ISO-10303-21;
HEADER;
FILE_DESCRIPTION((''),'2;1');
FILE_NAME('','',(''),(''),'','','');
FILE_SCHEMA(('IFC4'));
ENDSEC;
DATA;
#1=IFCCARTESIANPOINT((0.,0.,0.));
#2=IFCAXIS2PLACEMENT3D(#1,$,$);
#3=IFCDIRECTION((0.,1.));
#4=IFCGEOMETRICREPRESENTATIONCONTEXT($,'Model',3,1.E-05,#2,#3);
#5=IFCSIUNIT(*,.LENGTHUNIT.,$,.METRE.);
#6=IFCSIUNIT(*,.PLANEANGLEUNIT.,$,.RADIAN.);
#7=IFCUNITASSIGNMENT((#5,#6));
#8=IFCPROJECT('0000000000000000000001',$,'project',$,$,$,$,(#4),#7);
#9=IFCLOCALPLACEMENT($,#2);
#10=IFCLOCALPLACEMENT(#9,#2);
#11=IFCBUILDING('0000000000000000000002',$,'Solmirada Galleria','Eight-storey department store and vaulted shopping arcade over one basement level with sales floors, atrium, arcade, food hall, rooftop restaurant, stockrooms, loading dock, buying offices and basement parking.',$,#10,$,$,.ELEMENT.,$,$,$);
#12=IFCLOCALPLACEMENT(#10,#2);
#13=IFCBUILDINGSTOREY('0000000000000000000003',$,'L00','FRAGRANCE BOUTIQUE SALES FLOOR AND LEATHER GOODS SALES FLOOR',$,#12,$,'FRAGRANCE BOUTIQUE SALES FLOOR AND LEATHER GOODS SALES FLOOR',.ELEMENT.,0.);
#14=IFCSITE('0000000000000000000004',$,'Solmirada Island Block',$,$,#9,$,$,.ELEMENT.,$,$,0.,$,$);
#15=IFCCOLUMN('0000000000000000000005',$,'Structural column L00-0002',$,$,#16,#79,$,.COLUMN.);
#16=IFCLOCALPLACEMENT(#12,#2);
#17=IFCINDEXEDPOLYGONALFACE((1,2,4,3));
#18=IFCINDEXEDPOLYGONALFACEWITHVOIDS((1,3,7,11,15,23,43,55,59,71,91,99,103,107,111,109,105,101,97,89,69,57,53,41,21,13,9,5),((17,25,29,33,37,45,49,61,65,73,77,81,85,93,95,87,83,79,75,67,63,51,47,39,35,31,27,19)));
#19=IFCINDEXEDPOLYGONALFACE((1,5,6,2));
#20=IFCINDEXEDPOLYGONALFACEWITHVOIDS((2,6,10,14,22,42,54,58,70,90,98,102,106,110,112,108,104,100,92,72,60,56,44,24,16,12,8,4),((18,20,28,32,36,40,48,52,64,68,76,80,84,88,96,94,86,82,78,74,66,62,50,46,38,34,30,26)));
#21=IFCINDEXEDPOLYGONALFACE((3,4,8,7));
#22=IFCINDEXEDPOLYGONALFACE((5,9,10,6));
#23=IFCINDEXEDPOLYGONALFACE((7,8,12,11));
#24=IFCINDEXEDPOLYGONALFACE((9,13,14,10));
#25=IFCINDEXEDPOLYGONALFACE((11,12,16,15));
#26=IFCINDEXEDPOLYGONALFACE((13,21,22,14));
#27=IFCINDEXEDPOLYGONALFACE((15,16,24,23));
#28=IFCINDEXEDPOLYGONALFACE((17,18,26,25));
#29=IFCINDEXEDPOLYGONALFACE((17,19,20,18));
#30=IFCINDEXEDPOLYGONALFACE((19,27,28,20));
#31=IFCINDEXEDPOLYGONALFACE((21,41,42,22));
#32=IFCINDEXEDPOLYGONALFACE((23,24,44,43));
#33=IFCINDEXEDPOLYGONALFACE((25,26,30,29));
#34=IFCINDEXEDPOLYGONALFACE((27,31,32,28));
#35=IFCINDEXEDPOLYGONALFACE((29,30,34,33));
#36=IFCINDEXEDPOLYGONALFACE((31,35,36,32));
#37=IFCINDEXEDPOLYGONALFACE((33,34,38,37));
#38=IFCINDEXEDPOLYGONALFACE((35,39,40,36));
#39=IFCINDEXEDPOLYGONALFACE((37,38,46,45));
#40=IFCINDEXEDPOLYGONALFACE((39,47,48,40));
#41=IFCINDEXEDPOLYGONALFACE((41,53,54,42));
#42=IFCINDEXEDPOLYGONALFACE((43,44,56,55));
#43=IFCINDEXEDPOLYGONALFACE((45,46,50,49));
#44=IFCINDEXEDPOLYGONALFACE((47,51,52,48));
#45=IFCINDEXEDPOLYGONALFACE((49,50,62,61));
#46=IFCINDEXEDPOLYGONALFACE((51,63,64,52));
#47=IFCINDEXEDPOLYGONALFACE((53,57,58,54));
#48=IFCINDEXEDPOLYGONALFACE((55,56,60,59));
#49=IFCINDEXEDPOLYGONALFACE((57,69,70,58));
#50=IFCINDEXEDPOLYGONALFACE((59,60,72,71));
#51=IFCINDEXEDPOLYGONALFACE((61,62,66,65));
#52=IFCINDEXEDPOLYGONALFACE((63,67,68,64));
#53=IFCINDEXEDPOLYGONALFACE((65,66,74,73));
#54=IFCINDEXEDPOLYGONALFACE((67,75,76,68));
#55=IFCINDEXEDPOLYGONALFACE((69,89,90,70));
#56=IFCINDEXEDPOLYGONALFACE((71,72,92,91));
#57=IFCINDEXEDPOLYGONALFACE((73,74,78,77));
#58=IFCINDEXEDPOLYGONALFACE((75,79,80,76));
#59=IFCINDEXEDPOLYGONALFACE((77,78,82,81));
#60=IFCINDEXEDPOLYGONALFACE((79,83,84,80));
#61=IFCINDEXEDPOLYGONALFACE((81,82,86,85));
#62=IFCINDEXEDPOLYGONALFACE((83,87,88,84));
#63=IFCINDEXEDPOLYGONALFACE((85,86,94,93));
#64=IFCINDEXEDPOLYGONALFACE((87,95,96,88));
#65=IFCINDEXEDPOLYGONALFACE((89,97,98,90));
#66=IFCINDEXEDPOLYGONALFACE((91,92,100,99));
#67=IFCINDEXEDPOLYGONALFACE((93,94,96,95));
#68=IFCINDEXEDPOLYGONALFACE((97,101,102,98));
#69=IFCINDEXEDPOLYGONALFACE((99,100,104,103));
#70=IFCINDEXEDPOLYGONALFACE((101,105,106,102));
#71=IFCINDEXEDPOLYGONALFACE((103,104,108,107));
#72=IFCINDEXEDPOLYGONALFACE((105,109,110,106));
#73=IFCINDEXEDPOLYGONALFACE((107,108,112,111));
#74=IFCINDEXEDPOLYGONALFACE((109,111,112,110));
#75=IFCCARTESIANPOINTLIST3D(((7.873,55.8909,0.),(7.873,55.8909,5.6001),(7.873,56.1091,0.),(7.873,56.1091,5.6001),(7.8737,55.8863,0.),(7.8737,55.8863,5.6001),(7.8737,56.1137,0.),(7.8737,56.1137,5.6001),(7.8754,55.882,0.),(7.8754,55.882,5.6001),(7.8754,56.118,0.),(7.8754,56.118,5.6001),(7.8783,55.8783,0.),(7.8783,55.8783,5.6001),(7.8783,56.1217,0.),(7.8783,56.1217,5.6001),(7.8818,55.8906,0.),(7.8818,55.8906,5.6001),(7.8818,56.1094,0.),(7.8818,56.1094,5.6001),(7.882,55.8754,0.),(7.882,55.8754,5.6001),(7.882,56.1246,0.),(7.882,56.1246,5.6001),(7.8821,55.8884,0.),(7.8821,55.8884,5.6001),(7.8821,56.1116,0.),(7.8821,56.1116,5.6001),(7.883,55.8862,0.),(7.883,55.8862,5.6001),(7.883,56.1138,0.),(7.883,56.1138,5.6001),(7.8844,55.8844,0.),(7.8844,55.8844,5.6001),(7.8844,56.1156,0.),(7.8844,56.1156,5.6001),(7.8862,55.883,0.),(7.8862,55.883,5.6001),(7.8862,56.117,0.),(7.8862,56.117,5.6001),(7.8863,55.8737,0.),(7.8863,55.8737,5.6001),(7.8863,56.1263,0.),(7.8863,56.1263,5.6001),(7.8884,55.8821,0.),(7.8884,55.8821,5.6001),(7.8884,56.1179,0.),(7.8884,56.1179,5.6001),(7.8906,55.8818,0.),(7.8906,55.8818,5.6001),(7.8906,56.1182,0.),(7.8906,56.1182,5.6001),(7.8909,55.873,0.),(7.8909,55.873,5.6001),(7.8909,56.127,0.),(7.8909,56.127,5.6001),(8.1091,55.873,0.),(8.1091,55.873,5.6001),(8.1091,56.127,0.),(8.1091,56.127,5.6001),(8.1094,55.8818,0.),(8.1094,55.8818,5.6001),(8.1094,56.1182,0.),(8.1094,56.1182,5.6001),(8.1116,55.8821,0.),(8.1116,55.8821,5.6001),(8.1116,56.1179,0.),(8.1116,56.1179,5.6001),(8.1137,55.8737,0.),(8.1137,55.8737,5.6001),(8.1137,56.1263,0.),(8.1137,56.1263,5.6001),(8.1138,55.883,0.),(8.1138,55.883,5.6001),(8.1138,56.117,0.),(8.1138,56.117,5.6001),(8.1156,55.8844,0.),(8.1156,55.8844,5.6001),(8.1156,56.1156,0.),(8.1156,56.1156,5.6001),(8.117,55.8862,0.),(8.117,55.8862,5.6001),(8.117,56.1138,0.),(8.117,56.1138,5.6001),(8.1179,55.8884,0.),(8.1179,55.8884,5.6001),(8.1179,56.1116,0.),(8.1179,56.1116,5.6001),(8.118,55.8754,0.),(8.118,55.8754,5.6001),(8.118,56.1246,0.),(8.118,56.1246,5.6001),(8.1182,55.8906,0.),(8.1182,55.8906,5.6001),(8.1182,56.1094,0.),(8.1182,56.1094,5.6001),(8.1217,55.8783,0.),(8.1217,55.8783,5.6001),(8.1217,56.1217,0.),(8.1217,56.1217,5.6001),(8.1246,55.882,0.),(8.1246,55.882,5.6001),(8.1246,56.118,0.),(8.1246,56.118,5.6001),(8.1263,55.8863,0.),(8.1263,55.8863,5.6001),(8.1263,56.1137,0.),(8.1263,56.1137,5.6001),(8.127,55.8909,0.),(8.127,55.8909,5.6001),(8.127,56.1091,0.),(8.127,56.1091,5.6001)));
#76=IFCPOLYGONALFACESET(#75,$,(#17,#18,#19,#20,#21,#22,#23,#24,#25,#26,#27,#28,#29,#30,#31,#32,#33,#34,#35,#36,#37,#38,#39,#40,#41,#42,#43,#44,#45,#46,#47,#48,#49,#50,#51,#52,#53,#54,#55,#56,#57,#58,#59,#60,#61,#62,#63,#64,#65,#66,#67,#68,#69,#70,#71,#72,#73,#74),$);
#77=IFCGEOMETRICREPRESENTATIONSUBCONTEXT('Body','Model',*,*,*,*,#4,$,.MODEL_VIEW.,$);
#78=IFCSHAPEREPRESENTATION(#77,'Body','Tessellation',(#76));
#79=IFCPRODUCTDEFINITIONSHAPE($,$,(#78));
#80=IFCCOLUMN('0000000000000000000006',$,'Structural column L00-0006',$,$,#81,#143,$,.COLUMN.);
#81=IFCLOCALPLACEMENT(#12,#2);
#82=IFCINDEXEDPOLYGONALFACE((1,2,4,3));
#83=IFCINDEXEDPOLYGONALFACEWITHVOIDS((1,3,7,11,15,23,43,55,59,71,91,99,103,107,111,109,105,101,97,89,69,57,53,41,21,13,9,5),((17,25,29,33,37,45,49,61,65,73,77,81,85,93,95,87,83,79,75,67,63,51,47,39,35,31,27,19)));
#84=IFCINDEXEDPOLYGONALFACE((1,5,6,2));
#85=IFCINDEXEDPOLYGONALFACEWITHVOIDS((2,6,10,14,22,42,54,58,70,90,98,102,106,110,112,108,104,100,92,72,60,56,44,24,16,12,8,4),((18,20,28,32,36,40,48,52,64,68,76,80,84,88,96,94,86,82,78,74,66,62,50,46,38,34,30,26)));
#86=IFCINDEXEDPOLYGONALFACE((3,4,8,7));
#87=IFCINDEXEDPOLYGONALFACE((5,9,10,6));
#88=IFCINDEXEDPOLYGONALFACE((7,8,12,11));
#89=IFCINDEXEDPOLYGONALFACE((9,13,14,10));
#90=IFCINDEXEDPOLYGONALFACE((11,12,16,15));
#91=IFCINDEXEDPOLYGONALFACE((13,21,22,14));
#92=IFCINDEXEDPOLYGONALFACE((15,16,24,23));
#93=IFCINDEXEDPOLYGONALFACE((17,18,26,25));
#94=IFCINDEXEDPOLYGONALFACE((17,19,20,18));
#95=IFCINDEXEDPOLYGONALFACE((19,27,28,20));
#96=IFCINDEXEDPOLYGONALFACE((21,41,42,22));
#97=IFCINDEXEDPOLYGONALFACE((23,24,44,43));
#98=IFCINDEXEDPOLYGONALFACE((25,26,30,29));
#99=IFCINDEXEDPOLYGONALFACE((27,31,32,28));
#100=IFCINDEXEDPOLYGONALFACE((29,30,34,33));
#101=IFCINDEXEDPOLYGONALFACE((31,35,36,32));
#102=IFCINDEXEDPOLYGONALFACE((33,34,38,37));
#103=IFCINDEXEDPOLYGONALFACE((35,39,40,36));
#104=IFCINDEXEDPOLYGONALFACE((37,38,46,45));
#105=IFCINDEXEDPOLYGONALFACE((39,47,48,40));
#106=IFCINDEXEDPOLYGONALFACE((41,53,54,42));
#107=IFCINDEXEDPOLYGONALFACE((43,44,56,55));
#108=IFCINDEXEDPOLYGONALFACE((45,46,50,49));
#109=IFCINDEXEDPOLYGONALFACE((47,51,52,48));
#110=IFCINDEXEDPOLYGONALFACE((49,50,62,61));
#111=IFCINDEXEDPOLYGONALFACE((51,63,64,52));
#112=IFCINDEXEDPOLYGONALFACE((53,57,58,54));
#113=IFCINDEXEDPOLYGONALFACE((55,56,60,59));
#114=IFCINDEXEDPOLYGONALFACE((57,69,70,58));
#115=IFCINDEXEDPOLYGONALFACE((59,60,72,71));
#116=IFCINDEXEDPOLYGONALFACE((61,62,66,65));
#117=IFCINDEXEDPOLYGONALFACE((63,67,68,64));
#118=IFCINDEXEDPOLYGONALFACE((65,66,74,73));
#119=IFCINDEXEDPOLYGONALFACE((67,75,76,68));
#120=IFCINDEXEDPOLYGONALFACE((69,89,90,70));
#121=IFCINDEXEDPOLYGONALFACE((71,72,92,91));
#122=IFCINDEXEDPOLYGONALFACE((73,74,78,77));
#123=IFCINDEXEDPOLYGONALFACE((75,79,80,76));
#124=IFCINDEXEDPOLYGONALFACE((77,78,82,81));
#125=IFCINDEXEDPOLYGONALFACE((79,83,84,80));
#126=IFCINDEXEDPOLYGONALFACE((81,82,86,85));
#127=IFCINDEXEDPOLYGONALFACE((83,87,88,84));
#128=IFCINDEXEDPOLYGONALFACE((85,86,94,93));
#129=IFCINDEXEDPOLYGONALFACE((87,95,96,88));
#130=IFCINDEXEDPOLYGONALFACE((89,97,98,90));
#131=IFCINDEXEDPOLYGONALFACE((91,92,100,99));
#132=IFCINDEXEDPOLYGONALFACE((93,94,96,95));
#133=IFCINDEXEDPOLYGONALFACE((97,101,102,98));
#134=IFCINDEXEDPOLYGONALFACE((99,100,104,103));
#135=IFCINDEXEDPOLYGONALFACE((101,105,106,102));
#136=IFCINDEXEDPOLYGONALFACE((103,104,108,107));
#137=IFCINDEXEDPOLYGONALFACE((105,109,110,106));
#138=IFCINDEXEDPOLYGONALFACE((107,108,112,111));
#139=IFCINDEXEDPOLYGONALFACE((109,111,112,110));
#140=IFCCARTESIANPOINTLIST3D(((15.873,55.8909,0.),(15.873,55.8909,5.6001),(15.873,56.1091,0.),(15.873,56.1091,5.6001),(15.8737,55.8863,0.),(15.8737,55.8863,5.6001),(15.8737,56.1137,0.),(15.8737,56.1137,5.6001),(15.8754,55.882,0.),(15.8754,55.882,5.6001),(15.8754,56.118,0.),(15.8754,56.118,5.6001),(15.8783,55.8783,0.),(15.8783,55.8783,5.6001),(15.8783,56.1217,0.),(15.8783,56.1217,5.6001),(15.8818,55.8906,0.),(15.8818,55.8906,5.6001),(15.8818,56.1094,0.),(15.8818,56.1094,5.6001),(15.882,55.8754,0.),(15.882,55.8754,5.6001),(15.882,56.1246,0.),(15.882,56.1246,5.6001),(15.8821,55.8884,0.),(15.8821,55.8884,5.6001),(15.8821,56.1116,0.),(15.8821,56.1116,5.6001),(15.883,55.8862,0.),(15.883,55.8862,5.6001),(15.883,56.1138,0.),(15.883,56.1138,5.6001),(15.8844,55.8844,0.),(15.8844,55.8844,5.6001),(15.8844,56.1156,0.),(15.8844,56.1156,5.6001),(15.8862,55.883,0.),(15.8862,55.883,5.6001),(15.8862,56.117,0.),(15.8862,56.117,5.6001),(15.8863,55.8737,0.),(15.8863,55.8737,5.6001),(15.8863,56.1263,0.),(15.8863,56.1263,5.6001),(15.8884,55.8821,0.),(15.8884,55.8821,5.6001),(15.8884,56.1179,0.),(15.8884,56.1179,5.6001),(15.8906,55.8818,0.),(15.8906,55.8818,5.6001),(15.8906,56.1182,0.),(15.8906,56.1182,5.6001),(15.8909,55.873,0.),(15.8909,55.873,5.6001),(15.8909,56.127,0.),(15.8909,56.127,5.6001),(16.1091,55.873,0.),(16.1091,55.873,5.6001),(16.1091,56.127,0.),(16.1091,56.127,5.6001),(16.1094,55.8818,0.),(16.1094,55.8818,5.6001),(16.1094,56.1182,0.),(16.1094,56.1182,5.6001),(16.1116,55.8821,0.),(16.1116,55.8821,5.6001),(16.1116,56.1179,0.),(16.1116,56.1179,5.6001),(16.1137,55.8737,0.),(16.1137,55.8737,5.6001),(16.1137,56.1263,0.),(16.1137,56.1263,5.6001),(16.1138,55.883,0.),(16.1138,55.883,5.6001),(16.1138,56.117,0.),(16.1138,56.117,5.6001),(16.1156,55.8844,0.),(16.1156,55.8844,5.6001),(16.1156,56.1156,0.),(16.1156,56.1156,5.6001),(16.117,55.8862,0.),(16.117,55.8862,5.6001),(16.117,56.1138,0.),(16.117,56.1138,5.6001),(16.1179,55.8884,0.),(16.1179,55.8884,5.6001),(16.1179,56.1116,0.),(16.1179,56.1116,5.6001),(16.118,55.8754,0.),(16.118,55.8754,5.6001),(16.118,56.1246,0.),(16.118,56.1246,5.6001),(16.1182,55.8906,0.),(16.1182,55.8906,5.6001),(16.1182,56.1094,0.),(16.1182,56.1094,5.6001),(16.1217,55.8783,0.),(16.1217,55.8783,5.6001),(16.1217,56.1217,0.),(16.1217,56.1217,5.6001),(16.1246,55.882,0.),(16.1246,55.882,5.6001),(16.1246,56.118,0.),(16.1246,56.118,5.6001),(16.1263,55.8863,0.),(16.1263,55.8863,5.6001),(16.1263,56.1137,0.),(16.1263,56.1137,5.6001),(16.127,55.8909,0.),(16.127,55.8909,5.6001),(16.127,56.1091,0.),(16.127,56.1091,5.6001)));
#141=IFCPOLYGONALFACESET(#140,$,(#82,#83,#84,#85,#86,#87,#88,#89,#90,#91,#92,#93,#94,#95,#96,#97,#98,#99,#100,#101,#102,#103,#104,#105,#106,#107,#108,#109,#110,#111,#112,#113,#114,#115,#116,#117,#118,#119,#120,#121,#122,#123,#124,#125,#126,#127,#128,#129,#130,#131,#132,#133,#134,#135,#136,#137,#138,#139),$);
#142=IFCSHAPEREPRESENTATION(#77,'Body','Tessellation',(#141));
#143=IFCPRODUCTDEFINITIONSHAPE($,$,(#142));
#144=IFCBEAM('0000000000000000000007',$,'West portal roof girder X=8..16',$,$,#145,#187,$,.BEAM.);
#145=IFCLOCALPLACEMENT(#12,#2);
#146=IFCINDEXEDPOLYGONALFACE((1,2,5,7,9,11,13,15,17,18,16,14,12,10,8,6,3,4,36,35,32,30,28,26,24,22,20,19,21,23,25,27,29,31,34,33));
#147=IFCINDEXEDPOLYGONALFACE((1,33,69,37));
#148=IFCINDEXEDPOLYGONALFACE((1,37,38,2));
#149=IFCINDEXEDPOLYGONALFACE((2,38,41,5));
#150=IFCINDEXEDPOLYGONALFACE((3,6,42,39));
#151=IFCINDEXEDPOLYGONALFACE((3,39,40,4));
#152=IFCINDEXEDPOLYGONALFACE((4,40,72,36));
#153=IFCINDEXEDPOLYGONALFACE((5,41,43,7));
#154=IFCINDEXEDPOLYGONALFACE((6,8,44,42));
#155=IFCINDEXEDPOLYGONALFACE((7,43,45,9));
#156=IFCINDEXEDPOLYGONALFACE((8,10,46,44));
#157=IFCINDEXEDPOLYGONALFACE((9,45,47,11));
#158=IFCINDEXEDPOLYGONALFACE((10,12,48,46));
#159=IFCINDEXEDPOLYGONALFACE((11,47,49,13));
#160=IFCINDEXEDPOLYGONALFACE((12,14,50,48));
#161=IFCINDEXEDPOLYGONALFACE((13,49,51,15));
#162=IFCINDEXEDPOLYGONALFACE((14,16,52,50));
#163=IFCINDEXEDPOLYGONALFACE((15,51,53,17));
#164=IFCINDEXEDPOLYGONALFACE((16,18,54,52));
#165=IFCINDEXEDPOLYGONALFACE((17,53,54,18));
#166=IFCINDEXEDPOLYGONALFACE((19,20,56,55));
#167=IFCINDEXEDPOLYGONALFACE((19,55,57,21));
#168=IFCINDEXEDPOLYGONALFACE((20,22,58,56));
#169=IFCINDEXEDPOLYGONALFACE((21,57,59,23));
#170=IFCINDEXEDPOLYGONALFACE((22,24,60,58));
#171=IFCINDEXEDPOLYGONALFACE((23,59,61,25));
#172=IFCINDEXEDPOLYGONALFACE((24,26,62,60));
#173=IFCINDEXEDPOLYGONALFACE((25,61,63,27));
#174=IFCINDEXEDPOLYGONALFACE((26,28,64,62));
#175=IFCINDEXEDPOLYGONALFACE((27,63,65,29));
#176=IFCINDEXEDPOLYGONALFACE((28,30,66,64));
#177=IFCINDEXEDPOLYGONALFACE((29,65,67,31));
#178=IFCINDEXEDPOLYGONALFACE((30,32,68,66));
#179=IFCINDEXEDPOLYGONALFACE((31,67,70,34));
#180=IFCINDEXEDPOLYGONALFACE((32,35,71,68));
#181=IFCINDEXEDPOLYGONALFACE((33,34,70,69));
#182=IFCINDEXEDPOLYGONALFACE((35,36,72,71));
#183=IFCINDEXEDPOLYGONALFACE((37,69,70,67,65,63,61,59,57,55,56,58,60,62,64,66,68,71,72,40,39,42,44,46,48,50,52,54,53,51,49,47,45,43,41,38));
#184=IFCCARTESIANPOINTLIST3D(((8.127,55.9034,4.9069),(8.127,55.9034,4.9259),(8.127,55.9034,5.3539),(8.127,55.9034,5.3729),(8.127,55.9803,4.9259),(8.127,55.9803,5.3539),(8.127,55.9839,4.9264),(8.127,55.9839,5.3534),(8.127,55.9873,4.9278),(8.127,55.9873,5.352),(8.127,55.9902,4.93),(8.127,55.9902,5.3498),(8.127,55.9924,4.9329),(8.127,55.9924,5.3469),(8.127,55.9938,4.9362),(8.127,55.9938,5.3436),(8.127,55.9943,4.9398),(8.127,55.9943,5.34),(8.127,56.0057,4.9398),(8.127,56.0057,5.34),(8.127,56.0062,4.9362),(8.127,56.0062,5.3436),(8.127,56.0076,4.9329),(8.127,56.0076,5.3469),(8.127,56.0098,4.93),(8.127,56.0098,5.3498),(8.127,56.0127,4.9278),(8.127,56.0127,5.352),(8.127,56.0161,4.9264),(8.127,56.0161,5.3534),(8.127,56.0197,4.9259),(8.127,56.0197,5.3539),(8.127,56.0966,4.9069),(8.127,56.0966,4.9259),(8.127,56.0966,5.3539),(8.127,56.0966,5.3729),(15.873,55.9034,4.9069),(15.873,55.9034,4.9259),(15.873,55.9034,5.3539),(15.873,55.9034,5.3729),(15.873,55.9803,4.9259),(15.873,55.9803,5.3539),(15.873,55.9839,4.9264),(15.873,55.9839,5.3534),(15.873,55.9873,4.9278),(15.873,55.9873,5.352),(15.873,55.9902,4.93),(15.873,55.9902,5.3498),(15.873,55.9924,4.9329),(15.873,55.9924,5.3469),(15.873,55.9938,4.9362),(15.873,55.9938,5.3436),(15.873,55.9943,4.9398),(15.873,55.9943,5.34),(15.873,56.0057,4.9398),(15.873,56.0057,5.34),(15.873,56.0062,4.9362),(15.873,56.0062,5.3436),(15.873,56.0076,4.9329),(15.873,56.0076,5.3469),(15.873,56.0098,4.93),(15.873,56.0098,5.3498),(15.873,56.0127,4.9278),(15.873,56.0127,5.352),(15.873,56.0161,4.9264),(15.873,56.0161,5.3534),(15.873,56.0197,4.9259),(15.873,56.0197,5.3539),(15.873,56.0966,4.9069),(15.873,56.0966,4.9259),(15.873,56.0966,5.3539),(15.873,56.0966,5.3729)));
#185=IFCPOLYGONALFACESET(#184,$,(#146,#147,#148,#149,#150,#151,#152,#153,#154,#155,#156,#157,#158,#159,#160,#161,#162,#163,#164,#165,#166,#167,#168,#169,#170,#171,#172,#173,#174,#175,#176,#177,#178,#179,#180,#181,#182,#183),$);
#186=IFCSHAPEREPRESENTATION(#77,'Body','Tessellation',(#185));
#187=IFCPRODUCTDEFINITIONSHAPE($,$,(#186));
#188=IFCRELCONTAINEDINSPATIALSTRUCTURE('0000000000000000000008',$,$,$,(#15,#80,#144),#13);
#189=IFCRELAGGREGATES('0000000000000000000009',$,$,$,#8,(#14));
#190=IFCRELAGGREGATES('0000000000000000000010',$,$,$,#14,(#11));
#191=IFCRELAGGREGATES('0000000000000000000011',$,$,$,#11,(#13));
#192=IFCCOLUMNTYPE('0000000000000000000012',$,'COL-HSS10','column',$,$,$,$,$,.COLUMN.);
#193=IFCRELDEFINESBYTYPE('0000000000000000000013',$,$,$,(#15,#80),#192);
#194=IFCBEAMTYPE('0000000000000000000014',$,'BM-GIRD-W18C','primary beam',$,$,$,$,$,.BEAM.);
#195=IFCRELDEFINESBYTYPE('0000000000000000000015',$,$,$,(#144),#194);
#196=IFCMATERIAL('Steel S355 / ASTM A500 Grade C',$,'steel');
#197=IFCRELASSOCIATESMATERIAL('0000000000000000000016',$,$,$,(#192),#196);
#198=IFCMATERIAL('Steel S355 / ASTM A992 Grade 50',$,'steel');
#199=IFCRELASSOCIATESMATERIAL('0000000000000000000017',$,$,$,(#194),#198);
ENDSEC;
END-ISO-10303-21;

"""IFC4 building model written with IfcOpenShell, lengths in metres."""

from ifc_helpers import new_model, si_unit, direction, frame, origin, origin_2d, place, context, subcontext, project, spatial, hollow_rectangle, i_section, extrude, material, material_profile, profile_set, type_object, element, save


model = new_model("IFC4")

# Units and contexts
model_context = context("Model", 3, precision=1e-05, world=origin(), true_north=direction((0.0, 1.0)))
body_context = subcontext(model_context, "Body", "Model", "MODEL_VIEW")
ifc_project = project(units=[si_unit("LENGTHUNIT", "METRE"), si_unit("PLANEANGLEUNIT", "RADIAN")], contexts=[model_context])

# Site, building, storey
site_placement = place(None, origin())
site = spatial("IfcSite", under=ifc_project, at=site_placement, Name="Solmirada Island Block", CompositionType="ELEMENT", RefElevation=0.0)
building_placement = place(site_placement, origin())
building = spatial("IfcBuilding", under=site, at=building_placement, Name="Solmirada Galleria", Description="Eight-storey department store and vaulted shopping arcade over one basement level with sales floors, atrium, arcade, food hall, rooftop restaurant, stockrooms, loading dock, buying offices and basement parking.", CompositionType="ELEMENT")
storey_placement = place(building_placement, origin())
storey = spatial("IfcBuildingStorey", under=building, at=storey_placement, Name="L00", Description="FRAGRANCE BOUTIQUE SALES FLOOR AND LEATHER GOODS SALES FLOOR", LongName="FRAGRANCE BOUTIQUE SALES FLOOR AND LEATHER GOODS SALES FLOOR", CompositionType="ELEMENT", Elevation=0.0)

# Columns
ifc_material_1 = material(Name="Steel S355 / ASTM A500 Grade C", Category="steel")
ifc_material_profile_1 = material_profile(ifc_material_1, hollow_rectangle(XDim=0.2539, YDim=0.2539, WallThickness=0.0088, InnerFilletRadius=0.0088, OuterFilletRadius=0.0178, at=origin_2d()), Name="HSS10X10X3/8")
ifc_profile_set_1 = profile_set([ifc_material_profile_1], Name="Steel S355 / ASTM A500 Grade C")
column_type = type_object("IfcColumnType", Name="COL-HSS10", Description="column", PredefinedType="COLUMN", material=ifc_profile_set_1)
for number, where, z_axis, x_axis, name in (
    (1, (8.0, 56.0, 0.0), (0.0, 0.0, 1.0), (1.0, 0.0, 0.0), "Structural column L00-0002"),
    (2, (16.0, 56.0, 0.0), (0.0, 0.0, 1.0), (1.0, 0.0, 0.0), "Structural column L00-0006"),
):
    element("IfcColumn", number, at=place(storey_placement, frame(where, z_axis=z_axis, x_axis=x_axis)), inside=storey, type_object=column_type, Name=name, PredefinedType="COLUMN", context=body_context, shape_type="SweptSolid", body=[
        extrude(hollow_rectangle(XDim=0.2539, YDim=0.2539, WallThickness=0.0088, InnerFilletRadius=0.0088, OuterFilletRadius=0.0178, at=origin_2d()), origin(), (0.0, 0.0, 1.0), 5.6001),
    ])

# Beam
ifc_material_2 = material(Name="Steel S355 / ASTM A992 Grade 50", Category="steel")
ifc_material_profile_2 = material_profile(ifc_material_2, i_section(OverallWidth=0.1931, OverallDepth=0.4661, WebThickness=0.0115, FlangeThickness=0.019, FilletRadius=0.0139, at=origin_2d()), Name="W18X65")
ifc_profile_set_2 = profile_set([ifc_material_profile_2], Name="Steel S355 / ASTM A992 Grade 50")
beam_type_1 = type_object("IfcBeamType", Name="BM-GIRD-W18C", Description="primary beam", PredefinedType="BEAM", material=ifc_profile_set_2)
beam_1_placement = place(storey_placement, frame((8.127, 56.0, 5.1399), z_axis=(1.0, 0.0, 0.0), x_axis=(0.0, 1.0, 0.0)))
element("IfcBeam", 3, at=beam_1_placement, inside=storey, type_object=beam_type_1, Name="West portal roof girder X=8..16", PredefinedType="BEAM", context=body_context, shape_type="SweptSolid", body=[
    extrude(i_section(OverallWidth=0.1931, OverallDepth=0.4661, WebThickness=0.0115, FlangeThickness=0.019, FilletRadius=0.0139, at=origin_2d()), origin(), (0.0, 0.0, 1.0), 7.7461),
])

save(model, "model.ifc")
